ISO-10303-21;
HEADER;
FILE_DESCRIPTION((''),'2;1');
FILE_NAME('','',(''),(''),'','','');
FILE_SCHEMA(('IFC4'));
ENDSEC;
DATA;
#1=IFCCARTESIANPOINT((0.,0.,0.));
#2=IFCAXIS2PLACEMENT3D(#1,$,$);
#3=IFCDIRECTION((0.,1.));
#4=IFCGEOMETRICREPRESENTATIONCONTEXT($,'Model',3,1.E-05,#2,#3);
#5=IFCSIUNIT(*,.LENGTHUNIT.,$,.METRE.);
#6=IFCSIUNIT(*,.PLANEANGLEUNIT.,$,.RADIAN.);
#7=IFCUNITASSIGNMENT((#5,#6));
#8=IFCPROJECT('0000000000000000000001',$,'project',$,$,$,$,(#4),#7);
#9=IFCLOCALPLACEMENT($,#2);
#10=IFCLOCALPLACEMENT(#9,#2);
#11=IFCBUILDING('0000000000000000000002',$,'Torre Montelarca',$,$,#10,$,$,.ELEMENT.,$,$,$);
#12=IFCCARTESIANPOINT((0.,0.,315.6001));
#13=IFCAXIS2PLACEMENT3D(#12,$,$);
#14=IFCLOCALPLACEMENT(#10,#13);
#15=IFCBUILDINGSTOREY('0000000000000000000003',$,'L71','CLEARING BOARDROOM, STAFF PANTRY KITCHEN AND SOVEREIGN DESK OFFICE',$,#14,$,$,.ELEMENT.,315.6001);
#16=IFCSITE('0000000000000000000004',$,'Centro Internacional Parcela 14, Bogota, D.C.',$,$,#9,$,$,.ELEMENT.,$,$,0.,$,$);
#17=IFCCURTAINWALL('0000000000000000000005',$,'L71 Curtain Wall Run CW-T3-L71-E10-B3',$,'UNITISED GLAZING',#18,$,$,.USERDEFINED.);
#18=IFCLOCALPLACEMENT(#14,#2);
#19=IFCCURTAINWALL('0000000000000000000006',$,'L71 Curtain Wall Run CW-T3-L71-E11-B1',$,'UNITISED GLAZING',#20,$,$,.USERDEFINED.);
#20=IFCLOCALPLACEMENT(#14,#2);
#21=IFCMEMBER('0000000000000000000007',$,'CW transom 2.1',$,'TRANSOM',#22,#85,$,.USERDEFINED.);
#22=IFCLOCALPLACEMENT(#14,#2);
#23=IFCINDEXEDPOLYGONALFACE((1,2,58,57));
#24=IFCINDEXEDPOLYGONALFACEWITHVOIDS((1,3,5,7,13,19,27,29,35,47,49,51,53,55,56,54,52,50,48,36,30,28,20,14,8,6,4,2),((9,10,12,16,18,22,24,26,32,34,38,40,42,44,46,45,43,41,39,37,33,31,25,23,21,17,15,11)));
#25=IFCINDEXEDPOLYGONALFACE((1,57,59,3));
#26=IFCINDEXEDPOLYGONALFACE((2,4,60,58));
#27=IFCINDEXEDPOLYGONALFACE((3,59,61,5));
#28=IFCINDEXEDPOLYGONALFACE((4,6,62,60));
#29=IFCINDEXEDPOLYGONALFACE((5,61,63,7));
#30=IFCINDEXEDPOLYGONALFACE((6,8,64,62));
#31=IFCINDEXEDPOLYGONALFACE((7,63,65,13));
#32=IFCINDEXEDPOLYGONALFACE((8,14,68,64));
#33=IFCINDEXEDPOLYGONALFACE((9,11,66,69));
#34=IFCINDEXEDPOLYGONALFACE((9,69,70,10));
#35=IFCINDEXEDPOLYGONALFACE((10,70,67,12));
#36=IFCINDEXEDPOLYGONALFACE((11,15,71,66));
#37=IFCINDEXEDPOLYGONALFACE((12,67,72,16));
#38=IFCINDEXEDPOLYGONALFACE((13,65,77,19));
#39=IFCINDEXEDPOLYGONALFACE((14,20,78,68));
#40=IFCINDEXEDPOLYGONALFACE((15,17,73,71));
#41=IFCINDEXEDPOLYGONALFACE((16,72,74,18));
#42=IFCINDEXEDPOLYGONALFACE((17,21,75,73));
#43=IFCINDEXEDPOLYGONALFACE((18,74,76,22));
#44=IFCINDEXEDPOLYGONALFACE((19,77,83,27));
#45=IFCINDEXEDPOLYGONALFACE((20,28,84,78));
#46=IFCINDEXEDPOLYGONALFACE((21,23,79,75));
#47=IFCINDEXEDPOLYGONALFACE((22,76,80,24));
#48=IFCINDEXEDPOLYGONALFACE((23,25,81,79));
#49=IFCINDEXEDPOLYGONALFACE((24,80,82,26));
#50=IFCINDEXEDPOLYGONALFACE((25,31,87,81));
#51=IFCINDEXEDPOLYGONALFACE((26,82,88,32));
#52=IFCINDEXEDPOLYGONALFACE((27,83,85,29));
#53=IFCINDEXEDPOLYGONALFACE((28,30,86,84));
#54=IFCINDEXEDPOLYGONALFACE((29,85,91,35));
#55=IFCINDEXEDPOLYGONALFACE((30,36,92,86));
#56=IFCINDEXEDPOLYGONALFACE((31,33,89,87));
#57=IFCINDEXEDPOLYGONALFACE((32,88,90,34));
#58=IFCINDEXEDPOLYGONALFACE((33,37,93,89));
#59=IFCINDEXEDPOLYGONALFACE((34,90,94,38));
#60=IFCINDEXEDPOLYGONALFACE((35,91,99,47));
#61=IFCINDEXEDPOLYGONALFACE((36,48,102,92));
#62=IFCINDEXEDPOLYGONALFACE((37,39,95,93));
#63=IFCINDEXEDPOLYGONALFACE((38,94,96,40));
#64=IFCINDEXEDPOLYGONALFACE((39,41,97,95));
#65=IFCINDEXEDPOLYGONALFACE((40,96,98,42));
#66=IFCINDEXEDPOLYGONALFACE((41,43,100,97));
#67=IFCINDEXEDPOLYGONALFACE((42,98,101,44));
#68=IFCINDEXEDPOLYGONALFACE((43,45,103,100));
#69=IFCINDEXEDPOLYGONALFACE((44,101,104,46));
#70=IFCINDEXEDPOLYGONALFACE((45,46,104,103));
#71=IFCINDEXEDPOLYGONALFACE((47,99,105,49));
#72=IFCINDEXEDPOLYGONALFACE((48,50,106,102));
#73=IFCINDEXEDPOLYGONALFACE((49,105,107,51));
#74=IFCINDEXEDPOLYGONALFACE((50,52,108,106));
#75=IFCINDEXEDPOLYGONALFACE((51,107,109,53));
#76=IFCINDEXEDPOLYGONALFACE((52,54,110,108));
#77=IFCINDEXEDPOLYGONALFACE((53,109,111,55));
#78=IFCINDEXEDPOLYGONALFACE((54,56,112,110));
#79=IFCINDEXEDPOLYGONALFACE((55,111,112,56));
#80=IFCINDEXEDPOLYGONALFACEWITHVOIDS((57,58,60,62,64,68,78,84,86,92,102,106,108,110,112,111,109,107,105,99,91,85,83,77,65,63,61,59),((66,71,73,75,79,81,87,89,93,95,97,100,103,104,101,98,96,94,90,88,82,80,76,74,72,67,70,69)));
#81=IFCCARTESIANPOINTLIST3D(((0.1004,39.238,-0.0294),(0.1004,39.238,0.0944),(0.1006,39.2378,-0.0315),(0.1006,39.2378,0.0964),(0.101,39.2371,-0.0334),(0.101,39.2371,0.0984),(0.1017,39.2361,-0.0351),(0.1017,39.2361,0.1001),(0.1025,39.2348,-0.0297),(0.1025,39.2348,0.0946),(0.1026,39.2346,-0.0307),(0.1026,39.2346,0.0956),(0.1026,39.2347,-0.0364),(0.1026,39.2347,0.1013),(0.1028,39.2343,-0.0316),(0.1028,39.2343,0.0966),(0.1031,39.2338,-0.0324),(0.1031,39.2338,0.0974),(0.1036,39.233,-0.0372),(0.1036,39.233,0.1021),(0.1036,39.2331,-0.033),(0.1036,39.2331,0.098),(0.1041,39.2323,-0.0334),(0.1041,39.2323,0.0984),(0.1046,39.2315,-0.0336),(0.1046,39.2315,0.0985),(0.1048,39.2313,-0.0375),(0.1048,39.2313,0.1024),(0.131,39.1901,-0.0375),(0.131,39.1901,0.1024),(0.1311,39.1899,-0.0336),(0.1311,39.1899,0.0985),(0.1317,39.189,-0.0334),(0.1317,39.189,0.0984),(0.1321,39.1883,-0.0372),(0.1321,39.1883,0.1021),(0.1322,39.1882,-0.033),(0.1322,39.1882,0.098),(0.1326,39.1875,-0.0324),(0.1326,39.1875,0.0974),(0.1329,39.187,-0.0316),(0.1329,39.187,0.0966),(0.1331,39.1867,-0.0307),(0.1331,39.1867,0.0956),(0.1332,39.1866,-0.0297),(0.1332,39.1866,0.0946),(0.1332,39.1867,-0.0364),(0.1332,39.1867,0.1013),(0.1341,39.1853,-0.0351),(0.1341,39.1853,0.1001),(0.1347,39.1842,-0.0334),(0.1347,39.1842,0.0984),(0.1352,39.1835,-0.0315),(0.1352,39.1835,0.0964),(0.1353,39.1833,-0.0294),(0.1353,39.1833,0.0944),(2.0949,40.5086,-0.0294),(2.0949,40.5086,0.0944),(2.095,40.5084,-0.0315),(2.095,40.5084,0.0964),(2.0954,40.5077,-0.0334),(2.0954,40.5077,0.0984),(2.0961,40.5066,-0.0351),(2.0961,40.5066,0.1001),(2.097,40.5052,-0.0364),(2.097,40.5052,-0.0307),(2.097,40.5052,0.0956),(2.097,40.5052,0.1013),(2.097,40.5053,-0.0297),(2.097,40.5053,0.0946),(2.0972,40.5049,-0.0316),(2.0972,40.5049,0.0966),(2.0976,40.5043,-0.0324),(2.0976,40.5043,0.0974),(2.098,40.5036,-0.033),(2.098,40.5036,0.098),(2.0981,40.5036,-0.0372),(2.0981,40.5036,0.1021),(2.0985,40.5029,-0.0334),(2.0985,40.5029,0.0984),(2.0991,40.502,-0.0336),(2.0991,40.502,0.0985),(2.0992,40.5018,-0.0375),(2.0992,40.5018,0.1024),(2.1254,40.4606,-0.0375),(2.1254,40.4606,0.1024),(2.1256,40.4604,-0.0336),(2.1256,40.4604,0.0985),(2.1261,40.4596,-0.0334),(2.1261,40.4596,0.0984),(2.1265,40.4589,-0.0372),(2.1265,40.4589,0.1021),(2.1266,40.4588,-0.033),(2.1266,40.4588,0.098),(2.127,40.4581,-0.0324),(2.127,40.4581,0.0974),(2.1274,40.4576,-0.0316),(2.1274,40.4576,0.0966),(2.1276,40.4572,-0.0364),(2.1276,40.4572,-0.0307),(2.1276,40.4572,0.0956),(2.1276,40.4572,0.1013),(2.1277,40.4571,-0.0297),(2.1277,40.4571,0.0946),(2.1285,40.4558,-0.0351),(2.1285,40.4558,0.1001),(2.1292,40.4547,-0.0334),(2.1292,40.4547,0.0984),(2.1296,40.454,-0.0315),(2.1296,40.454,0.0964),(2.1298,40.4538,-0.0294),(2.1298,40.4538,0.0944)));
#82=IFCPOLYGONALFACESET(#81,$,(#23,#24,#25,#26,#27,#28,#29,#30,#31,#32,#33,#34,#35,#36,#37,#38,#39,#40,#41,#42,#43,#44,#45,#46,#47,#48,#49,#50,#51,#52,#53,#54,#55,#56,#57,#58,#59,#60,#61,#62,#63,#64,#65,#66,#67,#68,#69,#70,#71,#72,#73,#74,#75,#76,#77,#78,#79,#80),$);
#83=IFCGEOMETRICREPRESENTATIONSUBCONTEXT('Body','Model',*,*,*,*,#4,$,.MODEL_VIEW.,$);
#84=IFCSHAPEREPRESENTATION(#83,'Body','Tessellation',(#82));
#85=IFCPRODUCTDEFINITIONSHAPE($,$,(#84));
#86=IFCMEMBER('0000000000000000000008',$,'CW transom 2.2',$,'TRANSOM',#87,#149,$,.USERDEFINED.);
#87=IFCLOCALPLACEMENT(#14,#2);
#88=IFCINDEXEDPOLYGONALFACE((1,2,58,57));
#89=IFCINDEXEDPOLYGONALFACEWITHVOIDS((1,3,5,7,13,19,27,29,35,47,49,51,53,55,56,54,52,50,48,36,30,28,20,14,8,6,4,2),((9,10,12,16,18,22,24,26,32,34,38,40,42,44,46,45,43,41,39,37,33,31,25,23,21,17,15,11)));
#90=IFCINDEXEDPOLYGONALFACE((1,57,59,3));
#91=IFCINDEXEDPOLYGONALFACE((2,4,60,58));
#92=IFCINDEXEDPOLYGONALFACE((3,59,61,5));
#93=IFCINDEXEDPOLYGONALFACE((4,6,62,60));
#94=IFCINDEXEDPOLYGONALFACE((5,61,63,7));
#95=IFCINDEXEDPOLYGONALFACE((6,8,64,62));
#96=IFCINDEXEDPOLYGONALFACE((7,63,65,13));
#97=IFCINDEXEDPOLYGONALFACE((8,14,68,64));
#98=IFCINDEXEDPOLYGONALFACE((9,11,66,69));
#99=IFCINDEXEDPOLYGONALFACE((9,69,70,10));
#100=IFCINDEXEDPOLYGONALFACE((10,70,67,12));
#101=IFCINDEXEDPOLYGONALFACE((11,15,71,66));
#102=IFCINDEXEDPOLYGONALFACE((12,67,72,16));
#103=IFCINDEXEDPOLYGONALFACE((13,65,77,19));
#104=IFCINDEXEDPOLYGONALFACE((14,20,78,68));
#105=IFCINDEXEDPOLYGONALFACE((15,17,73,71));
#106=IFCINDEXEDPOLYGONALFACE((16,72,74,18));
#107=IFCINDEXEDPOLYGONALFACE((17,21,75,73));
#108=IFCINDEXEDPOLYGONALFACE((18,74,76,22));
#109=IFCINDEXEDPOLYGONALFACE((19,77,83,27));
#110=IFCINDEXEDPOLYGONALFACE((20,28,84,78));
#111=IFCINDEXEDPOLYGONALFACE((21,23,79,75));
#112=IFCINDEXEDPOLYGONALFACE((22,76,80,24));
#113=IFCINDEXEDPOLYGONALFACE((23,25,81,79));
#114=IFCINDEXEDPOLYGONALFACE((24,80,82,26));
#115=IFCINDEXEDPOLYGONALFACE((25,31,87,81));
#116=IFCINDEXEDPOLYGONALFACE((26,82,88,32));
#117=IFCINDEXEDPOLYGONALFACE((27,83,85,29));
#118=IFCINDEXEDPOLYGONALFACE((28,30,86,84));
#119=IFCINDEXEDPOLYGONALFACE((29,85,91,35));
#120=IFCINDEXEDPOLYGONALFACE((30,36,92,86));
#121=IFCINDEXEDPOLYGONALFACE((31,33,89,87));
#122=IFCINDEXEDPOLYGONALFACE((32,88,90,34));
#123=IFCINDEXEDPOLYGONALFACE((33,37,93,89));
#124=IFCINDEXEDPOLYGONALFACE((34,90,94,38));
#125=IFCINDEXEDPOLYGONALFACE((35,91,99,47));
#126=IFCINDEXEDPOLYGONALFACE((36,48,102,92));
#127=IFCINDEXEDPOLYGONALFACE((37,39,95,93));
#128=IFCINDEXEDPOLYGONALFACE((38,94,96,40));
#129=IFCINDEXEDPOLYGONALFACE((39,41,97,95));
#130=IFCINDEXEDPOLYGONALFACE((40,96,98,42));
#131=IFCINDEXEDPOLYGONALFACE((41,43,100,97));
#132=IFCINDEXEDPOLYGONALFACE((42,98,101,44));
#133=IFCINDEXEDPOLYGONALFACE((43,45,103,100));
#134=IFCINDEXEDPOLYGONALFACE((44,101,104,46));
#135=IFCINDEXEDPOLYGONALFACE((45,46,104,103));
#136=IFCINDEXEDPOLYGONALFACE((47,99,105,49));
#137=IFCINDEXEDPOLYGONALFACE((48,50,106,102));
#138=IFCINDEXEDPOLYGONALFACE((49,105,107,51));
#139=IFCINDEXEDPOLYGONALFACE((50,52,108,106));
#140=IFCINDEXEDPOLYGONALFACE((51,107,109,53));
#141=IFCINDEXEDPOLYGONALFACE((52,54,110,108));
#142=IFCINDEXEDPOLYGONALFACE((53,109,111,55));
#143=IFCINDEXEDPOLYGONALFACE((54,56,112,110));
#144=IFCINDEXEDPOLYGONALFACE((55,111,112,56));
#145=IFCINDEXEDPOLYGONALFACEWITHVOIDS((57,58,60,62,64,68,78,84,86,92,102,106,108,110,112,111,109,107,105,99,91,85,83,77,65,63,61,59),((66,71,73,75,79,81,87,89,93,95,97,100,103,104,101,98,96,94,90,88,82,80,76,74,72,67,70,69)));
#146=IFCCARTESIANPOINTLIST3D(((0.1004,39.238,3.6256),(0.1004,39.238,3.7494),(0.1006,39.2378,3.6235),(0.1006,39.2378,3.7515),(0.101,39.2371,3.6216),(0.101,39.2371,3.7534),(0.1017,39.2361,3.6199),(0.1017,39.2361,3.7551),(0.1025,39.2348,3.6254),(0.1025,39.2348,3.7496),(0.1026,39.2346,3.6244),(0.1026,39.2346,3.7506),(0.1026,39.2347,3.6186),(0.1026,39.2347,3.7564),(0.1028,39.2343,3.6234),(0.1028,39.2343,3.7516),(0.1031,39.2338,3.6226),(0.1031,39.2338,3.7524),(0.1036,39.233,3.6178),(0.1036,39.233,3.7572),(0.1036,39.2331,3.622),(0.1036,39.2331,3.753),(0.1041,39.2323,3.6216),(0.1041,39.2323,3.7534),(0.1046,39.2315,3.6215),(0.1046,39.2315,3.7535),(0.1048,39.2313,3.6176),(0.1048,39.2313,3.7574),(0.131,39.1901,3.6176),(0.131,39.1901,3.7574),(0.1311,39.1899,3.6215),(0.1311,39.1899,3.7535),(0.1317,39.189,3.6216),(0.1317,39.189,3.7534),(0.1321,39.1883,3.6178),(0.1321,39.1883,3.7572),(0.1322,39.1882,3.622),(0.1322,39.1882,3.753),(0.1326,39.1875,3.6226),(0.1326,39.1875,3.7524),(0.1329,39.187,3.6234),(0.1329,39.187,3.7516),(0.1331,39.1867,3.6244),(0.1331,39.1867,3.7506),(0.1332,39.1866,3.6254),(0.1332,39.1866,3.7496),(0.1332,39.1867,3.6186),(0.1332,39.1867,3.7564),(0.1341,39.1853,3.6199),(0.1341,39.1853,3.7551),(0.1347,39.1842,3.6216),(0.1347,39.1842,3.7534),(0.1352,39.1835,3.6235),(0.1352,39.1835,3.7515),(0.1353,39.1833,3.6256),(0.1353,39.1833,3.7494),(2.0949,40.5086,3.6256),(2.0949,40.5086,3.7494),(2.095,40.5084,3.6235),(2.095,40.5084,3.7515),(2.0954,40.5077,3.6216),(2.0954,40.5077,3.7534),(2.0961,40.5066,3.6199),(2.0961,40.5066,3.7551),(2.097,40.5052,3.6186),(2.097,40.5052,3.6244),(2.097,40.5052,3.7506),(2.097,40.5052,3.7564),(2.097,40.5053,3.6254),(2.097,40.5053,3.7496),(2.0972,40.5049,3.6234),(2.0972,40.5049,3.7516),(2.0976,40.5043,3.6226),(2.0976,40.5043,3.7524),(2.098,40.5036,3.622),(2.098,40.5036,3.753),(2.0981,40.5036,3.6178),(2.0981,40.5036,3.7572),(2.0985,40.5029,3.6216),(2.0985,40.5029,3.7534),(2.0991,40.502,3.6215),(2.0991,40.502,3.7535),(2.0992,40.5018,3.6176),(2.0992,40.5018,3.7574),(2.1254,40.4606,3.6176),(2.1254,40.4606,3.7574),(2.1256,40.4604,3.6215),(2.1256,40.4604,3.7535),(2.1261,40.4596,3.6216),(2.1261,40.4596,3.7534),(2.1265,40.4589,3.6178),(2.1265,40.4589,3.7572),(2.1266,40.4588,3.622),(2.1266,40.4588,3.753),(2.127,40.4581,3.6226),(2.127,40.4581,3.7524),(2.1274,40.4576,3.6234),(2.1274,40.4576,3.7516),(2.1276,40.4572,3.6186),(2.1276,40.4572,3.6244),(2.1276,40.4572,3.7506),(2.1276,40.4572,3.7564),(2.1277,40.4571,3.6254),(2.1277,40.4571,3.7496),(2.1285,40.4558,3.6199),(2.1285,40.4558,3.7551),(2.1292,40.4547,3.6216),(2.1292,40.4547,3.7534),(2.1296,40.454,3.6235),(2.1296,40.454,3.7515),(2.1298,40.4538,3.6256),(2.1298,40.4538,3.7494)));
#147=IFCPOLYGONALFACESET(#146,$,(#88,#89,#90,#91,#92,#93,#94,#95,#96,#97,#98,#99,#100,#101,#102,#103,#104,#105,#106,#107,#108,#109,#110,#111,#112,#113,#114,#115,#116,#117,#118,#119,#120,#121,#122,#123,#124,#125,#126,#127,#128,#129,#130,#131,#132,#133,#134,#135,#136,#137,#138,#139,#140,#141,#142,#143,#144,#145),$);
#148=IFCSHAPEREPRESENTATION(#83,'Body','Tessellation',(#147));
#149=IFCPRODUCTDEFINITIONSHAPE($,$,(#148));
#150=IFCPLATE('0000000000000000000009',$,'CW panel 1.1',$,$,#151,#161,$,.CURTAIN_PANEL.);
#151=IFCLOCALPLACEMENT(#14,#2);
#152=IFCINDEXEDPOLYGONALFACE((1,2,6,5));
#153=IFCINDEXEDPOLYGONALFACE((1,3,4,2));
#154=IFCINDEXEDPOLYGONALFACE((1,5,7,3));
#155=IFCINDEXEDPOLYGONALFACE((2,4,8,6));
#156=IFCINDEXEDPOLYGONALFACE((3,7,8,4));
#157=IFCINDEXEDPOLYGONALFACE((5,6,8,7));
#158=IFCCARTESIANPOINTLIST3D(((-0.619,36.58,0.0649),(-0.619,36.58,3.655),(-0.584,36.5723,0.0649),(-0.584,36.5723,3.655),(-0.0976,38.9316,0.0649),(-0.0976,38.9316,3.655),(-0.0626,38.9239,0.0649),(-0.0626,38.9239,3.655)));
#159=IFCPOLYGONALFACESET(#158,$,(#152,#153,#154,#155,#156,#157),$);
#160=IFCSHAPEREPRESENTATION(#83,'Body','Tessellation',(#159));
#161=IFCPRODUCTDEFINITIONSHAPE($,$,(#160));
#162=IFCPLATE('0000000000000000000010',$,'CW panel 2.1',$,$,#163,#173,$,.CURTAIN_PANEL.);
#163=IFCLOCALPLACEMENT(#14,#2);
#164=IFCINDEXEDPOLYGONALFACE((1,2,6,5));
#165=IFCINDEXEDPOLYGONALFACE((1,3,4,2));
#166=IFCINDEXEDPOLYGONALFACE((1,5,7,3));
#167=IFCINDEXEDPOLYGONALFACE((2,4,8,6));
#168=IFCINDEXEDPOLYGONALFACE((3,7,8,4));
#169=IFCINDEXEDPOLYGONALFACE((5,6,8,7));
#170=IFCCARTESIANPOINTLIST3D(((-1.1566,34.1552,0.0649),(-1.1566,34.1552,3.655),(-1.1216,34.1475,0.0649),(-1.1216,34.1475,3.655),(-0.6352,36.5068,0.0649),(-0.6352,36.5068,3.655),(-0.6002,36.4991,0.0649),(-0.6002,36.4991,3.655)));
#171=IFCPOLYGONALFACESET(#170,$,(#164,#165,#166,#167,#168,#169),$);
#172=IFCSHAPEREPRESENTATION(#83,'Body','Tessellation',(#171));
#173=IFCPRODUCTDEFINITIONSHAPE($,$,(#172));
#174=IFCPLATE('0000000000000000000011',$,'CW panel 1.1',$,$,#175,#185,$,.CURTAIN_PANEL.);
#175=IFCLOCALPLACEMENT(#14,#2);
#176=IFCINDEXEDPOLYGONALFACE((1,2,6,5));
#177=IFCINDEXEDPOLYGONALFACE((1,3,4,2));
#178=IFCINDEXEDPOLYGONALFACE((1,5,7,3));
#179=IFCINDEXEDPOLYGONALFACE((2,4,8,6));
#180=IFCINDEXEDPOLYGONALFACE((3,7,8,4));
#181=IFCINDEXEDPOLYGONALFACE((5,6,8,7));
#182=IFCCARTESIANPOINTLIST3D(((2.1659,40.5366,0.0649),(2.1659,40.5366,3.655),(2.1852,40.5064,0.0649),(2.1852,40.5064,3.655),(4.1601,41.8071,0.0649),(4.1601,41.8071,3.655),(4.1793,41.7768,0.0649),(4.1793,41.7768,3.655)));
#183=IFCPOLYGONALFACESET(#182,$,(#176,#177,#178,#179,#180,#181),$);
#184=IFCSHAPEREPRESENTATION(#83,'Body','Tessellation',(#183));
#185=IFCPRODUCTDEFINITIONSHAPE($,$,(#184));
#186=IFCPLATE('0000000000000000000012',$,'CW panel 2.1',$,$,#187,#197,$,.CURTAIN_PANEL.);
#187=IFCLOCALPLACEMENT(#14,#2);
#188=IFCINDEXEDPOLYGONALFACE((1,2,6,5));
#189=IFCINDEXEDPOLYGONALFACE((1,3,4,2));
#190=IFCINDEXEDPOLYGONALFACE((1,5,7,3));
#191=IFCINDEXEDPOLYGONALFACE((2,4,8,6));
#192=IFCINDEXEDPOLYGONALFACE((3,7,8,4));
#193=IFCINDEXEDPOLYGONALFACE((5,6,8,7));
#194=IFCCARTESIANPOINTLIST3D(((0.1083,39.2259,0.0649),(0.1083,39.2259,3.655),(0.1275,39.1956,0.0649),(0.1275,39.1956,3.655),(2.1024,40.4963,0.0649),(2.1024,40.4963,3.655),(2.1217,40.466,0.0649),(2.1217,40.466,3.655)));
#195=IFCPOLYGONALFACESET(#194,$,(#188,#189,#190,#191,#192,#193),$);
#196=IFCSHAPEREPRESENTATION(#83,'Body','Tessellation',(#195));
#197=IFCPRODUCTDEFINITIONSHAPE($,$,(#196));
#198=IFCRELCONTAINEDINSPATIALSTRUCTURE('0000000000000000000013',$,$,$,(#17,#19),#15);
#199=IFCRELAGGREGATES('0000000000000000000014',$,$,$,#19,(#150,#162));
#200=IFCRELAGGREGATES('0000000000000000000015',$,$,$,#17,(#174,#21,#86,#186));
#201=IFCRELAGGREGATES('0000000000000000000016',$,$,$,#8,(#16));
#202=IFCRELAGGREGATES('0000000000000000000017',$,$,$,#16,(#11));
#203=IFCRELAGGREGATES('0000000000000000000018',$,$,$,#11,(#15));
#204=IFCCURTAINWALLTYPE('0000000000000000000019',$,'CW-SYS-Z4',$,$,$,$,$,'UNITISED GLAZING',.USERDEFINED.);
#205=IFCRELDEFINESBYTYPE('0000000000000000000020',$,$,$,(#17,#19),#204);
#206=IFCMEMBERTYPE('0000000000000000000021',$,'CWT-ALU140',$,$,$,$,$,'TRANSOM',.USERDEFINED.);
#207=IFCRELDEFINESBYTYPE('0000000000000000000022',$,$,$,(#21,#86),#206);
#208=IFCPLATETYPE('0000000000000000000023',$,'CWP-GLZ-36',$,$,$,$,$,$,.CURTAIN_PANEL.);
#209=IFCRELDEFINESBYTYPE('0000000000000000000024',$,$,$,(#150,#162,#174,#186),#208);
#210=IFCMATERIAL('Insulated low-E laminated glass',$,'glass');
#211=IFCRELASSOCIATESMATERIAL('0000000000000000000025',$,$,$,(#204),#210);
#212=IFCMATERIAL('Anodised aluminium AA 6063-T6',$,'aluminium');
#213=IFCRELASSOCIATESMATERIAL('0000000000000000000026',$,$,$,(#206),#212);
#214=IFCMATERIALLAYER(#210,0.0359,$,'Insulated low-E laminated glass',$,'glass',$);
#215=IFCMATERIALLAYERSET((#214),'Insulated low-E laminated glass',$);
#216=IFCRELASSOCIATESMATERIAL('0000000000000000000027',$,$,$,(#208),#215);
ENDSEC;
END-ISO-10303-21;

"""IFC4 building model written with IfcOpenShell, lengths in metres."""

from ifc_helpers import new_model, si_unit, direction, frame, origin, origin_2d, place, context, subcontext, project, spatial, rectangle, hollow_rectangle, extrude, source, transform, mapped, material, layer, layer_set, material_profile, profile_set, type_object, element, aggregate, save


model = new_model("IFC4")

# Units and contexts
model_context = context("Model", 3, precision=1e-05, world=origin(), true_north=direction((0.0, 1.0)))
body_context = subcontext(model_context, "Body", "Model", "MODEL_VIEW")
ifc_project = project(units=[si_unit("LENGTHUNIT", "METRE"), si_unit("PLANEANGLEUNIT", "RADIAN")], contexts=[model_context])

# Site, building, storey
site_placement = place(None, origin())
site = spatial("IfcSite", under=ifc_project, at=site_placement, Name="Centro Internacional Parcela 14, Bogota, D.C.", CompositionType="ELEMENT", RefElevation=0.0)
building_placement = place(site_placement, origin())
building = spatial("IfcBuilding", under=site, at=building_placement, Name="Torre Montelarca", CompositionType="ELEMENT")
storey_placement = place(building_placement, frame((0.0, 0.0, 315.6001)))
storey = spatial("IfcBuildingStorey", under=building, at=storey_placement, Name="L71", Description="CLEARING BOARDROOM, STAFF PANTRY KITCHEN AND SOVEREIGN DESK OFFICE", CompositionType="ELEMENT", Elevation=315.6001)

# Curtain walls
ifc_material_1 = material(Name="Insulated low-E laminated glass", Category="glass")
curtain_wall_type = type_object("IfcCurtainWallType", Name="CW-SYS-Z4", ElementType="UNITISED GLAZING", PredefinedType="USERDEFINED", material=ifc_material_1)
curtain_wall_1_placement = place(storey_placement, origin())
curtain_wall_1 = element("IfcCurtainWall", 1, at=curtain_wall_1_placement, inside=storey, type_object=curtain_wall_type, Name="L71 Curtain Wall Run CW-T3-L71-E10-B3", ObjectType="UNITISED GLAZING", PredefinedType="USERDEFINED")
ifc_material_2 = material(Name="Anodised aluminium AA 6063-T6", Category="aluminium")
curtain_wall_2_placement = place(storey_placement, origin())
curtain_wall_2 = element("IfcCurtainWall", 2, at=curtain_wall_2_placement, inside=storey, type_object=curtain_wall_type, Name="L71 Curtain Wall Run CW-T3-L71-E11-B1", ObjectType="UNITISED GLAZING", PredefinedType="USERDEFINED")
ifc_material_profile_1 = material_profile(ifc_material_2, hollow_rectangle(XDim=0.0649, YDim=0.1399, WallThickness=0.0039, InnerFilletRadius=0.0039, OuterFilletRadius=0.0081, at=origin_2d()), Name="ALU65X140X4", Category="aluminium")
ifc_profile_set_1 = profile_set([ifc_material_profile_1], Name="Anodised aluminium AA 6063-T6")
member_type_1 = type_object("IfcMemberType", Name="CWT-ALU140", ElementType="TRANSOM", PredefinedType="USERDEFINED", material=ifc_profile_set_1)

# Members
shared_shape_1 = source(origin(), body_context, "Body", "SweptSolid", [
    extrude(hollow_rectangle(XDim=0.0649, YDim=0.1399, WallThickness=0.0039, InnerFilletRadius=0.0039, OuterFilletRadius=0.0081, at=origin_2d()), origin(), (0.0, 0.0, 1.0), 2.3647),
])
member_1_placement = place(storey_placement, frame((2.1123, 40.4812, 0.0325), z_axis=(-0.843402, -0.537283, 0.0), x_axis=(0.537283, -0.843402, 0.0)))
member_1 = element("IfcMember", 3, at=member_1_placement, type_object=member_type_1, Name="CW transom 2.1", ObjectType="TRANSOM", PredefinedType="USERDEFINED", context=body_context, shape_type="MappedRepresentation", body=[
    mapped(shared_shape_1, transform((0.0, 0.0, 0.0), scale=1.0)),
])
member_2_placement = place(storey_placement, frame((2.1123, 40.4812, 3.6875), z_axis=(-0.843402, -0.537283, 0.0), x_axis=(0.537283, -0.843402, 0.0)))
member_2 = element("IfcMember", 4, at=member_2_placement, type_object=member_type_1, Name="CW transom 2.2", ObjectType="TRANSOM", PredefinedType="USERDEFINED", context=body_context, shape_type="MappedRepresentation", body=[
    mapped(shared_shape_1, transform((0.0, 0.0, 0.0), scale=1.0)),
])

# Plates
ifc_layer_1 = layer(ifc_material_1, 0.0359, Name="Insulated low-E laminated glass", Category="glass")
ifc_layer_set_1 = layer_set([ifc_layer_1], Name="Insulated low-E laminated glass")
plate_type = type_object("IfcPlateType", Name="CWP-GLZ-36", PredefinedType="CURTAIN_PANEL", material=ifc_layer_set_1)
shared_shape_2 = source(origin(), body_context, "Body", "SweptSolid", [
    extrude(rectangle(XDim=2.4087, YDim=0.0359, at=origin_2d()), origin(), (0.0, 0.0, 1.0), 3.5901),
])
plate_1_placement = place(storey_placement, frame((-0.3408, 37.752, 0.0649), z_axis=(0.0, 0.0, 1.0), x_axis=(-0.216462, -0.976291, 0.0)))
plate_1 = element("IfcPlate", 5, at=plate_1_placement, type_object=plate_type, Name="CW panel 1.1", PredefinedType="CURTAIN_PANEL", context=body_context, shape_type="MappedRepresentation", body=[
    mapped(shared_shape_2, transform((0.0, 0.0, 0.0), scale=1.0)),
])
plate_2_placement = place(storey_placement, frame((-0.8784, 35.3271, 0.0649), z_axis=(0.0, 0.0, 1.0), x_axis=(-0.216462, -0.976291, 0.0)))
plate_2 = element("IfcPlate", 6, at=plate_2_placement, type_object=plate_type, Name="CW panel 2.1", PredefinedType="CURTAIN_PANEL", context=body_context, shape_type="MappedRepresentation", body=[
    mapped(shared_shape_2, transform((0.0, 0.0, 0.0), scale=1.0)),
])
aggregate(curtain_wall_2, [plate_1, plate_2])
shared_shape_3 = source(origin(), body_context, "Body", "SweptSolid", [
    extrude(rectangle(XDim=2.3645, YDim=0.0359, at=origin_2d()), origin(), (0.0, 0.0, 1.0), 3.5901),
])
plate_3_placement = place(storey_placement, frame((3.1726, 41.1567, 0.0649), z_axis=(0.0, 0.0, 1.0), x_axis=(-0.843389, -0.537304, 0.0)))
plate_3 = element("IfcPlate", 7, at=plate_3_placement, type_object=plate_type, Name="CW panel 1.1", PredefinedType="CURTAIN_PANEL", context=body_context, shape_type="MappedRepresentation", body=[
    mapped(shared_shape_3, transform((0.0, 0.0, 0.0), scale=1.0)),
])
plate_4_placement = place(storey_placement, frame((1.115, 39.8459, 0.0649), z_axis=(0.0, 0.0, 1.0), x_axis=(-0.843389, -0.537304, 0.0)))
plate_4 = element("IfcPlate", 8, at=plate_4_placement, type_object=plate_type, Name="CW panel 2.1", PredefinedType="CURTAIN_PANEL", context=body_context, shape_type="MappedRepresentation", body=[
    mapped(shared_shape_3, transform((0.0, 0.0, 0.0), scale=1.0)),
])
aggregate(curtain_wall_1, [plate_3, member_1, member_2, plate_4])

save(model, "model.ifc")
